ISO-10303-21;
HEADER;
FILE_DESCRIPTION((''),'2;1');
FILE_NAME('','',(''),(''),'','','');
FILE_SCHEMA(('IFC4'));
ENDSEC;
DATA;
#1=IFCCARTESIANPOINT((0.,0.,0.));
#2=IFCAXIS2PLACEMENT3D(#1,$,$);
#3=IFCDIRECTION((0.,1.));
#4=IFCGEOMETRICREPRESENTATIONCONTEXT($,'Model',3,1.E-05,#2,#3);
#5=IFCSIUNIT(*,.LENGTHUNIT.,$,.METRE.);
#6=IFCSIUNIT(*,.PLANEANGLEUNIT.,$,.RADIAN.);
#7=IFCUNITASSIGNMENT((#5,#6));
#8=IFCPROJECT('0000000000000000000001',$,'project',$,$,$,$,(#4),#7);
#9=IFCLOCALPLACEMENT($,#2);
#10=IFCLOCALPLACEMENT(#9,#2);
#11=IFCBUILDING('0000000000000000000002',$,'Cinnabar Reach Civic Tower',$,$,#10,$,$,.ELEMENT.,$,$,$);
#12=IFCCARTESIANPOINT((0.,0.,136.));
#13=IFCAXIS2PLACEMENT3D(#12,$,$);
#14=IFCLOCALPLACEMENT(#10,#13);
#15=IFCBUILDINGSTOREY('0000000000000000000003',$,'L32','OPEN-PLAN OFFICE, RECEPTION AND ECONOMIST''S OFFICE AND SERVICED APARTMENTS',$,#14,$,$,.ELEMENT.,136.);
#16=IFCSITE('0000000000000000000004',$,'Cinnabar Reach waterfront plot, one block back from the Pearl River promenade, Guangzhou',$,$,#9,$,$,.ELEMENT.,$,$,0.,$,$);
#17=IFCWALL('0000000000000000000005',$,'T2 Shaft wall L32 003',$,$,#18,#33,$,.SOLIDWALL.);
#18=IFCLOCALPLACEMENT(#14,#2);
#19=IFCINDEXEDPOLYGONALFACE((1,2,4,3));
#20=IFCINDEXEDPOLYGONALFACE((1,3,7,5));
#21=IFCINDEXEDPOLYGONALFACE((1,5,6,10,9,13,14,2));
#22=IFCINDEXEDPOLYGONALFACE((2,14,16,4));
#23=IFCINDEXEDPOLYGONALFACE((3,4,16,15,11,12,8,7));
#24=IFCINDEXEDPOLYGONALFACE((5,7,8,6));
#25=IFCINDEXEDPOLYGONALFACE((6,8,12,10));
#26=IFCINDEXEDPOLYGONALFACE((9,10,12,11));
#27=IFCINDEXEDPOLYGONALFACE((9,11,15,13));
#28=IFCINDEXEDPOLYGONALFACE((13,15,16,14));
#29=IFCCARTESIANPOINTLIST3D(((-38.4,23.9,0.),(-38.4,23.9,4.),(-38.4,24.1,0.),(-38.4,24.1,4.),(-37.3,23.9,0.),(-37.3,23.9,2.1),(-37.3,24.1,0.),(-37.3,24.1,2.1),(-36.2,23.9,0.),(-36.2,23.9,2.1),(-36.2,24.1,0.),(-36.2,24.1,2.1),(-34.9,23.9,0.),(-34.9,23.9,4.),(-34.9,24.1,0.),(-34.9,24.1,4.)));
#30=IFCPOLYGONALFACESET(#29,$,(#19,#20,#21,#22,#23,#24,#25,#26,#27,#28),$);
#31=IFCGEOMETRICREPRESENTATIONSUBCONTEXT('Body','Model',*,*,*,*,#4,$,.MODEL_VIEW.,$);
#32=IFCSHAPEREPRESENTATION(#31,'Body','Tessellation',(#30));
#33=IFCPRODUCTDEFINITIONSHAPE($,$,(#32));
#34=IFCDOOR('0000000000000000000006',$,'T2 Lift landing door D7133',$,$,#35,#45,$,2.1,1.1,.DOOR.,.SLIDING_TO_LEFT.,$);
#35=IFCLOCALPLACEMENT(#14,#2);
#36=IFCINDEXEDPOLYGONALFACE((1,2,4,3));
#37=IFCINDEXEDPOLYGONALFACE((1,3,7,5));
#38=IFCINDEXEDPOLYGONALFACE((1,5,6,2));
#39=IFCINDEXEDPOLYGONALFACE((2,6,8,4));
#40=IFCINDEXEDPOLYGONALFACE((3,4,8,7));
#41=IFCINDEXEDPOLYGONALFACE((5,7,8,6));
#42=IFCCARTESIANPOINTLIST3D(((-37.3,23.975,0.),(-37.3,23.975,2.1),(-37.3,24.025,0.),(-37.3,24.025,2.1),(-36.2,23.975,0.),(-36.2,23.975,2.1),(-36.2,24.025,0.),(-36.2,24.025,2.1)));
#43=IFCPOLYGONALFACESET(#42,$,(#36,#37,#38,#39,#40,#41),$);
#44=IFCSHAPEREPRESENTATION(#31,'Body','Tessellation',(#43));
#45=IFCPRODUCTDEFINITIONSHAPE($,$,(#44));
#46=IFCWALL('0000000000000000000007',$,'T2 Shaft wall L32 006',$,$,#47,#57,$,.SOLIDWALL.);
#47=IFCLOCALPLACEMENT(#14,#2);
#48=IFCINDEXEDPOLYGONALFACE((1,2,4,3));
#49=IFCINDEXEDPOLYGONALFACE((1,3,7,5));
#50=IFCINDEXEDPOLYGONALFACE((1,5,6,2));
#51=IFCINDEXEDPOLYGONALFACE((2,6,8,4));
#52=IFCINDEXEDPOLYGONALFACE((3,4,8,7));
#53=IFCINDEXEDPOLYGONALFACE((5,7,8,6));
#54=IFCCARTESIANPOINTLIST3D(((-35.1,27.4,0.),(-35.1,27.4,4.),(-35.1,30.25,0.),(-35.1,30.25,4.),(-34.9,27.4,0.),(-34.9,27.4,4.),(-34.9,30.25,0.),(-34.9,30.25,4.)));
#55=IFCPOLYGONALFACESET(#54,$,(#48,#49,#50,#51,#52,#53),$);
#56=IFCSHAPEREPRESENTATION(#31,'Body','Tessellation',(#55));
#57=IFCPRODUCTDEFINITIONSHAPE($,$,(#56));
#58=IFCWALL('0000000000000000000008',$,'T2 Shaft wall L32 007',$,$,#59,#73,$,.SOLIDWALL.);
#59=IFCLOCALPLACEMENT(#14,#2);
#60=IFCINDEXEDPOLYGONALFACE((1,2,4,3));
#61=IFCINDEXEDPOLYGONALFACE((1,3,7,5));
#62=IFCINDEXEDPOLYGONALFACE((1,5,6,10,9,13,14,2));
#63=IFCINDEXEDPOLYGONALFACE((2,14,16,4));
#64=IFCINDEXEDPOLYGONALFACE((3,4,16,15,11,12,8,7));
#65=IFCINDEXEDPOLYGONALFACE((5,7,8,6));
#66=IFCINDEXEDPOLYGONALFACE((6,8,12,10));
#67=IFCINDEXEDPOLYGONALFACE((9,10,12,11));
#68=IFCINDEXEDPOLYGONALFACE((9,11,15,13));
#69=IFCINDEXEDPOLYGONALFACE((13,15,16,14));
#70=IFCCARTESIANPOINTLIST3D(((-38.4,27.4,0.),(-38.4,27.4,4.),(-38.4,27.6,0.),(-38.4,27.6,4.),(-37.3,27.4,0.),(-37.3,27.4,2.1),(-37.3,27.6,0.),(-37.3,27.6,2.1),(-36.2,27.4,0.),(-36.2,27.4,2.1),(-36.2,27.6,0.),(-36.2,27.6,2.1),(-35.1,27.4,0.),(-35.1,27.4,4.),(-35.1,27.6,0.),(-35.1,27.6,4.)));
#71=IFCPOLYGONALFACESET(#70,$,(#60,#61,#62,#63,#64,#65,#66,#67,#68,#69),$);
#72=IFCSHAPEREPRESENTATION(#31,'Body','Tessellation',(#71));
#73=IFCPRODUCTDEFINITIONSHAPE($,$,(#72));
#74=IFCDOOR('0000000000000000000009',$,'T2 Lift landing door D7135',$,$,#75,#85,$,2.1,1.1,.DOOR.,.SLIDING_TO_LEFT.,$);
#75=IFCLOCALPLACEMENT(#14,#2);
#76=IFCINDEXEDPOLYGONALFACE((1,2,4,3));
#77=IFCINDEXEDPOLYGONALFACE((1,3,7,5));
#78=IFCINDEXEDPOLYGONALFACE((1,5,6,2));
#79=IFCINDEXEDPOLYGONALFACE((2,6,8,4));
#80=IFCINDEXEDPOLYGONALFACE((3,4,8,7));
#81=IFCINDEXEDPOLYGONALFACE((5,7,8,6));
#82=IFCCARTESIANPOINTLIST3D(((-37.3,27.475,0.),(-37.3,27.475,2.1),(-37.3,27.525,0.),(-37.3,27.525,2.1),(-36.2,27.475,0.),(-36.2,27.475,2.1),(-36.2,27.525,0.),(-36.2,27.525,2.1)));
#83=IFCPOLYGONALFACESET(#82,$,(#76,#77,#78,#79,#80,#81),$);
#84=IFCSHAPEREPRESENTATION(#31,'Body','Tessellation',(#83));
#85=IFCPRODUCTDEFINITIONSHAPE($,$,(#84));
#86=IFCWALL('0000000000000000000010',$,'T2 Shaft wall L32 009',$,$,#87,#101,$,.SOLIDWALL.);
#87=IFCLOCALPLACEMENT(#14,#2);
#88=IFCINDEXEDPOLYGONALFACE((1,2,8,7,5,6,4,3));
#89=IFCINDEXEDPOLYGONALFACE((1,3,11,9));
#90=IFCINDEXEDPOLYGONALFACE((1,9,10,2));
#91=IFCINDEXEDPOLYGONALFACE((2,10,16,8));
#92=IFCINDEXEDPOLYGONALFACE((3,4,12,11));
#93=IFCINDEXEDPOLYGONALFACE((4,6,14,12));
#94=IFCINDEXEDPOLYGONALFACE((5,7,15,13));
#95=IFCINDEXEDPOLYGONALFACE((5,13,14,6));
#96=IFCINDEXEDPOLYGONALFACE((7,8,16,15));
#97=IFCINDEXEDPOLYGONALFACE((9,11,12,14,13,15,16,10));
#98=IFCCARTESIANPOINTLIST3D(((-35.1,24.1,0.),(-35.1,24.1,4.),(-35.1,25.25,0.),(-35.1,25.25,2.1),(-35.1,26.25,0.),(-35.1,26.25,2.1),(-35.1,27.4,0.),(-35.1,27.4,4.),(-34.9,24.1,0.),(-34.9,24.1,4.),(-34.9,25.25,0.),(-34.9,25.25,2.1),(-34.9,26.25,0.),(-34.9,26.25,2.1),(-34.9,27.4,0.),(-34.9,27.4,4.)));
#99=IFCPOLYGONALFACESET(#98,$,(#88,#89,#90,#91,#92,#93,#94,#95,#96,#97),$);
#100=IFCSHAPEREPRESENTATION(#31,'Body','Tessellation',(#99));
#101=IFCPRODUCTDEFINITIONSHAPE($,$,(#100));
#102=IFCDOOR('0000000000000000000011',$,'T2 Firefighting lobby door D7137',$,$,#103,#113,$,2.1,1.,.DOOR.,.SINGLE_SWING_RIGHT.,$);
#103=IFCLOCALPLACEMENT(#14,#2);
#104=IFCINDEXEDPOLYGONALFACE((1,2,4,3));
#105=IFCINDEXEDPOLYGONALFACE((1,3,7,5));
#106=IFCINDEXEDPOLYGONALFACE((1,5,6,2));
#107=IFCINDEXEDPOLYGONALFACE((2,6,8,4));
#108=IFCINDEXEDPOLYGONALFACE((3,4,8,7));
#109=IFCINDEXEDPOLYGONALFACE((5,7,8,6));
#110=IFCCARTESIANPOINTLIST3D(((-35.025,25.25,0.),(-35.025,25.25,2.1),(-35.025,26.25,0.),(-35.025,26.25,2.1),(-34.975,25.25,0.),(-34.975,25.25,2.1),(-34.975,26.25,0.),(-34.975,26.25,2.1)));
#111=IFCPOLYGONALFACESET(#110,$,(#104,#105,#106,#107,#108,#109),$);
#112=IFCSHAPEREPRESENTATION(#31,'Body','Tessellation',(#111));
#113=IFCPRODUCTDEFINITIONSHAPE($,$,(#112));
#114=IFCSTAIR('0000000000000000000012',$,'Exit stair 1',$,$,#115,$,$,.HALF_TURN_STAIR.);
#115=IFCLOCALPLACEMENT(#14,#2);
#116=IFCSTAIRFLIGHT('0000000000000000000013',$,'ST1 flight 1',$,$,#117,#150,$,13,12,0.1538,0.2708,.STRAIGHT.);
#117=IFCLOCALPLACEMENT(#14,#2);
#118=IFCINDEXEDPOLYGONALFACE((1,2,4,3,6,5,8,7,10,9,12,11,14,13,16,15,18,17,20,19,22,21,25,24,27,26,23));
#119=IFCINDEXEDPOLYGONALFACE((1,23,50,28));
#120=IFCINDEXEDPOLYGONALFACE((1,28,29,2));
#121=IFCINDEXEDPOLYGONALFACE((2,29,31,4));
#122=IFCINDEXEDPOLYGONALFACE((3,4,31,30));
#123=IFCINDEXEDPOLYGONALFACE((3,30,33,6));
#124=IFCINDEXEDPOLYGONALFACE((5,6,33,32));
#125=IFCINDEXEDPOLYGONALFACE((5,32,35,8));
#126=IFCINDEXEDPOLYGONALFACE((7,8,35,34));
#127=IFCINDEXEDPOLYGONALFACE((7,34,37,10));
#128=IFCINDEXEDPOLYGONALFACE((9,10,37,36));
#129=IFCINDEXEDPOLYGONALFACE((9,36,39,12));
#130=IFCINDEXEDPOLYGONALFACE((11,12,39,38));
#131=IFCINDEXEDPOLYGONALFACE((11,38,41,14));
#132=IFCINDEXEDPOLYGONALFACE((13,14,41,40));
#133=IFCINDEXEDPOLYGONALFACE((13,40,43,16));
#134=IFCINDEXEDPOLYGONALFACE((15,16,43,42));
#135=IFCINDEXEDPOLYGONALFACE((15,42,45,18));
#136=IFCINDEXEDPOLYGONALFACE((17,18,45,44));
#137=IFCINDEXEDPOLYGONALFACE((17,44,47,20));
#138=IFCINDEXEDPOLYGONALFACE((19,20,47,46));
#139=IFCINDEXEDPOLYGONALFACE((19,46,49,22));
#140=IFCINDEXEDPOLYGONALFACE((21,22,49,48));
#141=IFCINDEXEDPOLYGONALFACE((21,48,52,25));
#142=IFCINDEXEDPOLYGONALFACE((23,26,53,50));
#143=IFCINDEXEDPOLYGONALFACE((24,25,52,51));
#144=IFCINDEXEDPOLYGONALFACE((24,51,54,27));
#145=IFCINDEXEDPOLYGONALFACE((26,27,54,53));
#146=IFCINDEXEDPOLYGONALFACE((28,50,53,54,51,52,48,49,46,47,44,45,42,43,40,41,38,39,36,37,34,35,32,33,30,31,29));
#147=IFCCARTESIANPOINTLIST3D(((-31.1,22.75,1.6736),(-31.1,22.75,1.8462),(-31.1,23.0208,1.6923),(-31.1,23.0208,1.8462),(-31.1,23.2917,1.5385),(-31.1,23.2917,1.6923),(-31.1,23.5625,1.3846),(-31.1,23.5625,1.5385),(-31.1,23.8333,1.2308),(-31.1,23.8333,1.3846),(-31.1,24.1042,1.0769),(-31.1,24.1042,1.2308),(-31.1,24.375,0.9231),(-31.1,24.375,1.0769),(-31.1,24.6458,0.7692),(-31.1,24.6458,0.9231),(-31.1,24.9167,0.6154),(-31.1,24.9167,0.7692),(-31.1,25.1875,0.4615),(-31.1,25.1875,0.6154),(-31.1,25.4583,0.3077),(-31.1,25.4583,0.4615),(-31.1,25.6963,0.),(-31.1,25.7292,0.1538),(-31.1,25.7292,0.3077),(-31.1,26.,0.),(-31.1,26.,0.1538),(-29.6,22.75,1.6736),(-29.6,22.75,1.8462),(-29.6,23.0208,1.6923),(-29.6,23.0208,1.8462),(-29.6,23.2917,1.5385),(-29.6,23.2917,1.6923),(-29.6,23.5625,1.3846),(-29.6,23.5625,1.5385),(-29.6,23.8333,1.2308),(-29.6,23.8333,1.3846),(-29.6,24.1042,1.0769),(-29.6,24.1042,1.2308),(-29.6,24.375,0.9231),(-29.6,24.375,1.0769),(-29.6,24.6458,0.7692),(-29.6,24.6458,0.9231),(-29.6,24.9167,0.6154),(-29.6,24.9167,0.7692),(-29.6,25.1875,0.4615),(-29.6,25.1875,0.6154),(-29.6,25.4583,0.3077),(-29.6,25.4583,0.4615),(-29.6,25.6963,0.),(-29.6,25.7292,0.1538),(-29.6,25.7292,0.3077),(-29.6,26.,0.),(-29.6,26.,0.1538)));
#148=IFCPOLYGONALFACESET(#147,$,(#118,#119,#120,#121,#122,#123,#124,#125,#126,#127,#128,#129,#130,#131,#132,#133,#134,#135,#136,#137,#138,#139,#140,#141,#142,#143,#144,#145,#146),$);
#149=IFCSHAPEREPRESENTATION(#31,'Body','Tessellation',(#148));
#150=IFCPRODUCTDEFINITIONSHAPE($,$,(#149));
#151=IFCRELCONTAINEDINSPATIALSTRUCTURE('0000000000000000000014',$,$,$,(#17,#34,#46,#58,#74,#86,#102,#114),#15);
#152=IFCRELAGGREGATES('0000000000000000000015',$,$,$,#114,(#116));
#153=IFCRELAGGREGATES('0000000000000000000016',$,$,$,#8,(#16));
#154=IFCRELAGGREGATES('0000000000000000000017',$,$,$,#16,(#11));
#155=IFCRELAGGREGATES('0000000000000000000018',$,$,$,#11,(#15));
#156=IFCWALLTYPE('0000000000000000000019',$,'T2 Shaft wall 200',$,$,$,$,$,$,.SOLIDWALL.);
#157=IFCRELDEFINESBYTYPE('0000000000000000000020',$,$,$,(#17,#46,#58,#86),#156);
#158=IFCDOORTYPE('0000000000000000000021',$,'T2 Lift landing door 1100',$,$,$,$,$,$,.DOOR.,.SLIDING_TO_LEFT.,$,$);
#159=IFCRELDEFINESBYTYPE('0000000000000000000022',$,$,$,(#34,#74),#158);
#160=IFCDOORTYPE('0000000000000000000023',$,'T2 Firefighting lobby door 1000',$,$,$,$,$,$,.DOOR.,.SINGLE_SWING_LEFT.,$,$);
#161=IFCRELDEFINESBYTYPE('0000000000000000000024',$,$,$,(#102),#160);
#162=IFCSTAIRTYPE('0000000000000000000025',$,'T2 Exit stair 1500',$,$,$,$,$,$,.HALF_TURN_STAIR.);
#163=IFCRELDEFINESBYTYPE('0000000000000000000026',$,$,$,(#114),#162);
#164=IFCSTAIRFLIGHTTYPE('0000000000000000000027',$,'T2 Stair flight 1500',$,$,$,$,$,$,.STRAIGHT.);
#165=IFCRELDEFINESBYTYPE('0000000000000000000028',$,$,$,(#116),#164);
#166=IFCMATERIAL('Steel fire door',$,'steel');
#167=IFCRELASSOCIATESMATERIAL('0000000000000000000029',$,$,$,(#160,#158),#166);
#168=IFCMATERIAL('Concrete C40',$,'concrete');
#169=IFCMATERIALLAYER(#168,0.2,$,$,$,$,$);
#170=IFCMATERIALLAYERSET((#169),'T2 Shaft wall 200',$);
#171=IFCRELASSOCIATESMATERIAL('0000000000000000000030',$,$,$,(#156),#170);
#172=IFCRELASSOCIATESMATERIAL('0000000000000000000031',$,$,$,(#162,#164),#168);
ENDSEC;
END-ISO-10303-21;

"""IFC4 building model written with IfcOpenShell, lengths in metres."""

from ifc_helpers import new_model, si_unit, direction, frame, frame_2d, origin, place, context, subcontext, project, spatial, polyline, rectangle, outline, extrude, material, layer, layer_set, type_object, element, fill, aggregate, save


model = new_model("IFC4")

# Units and contexts
model_context = context("Model", 3, precision=1e-05, world=origin(), true_north=direction((0.0, 1.0)))
body_context = subcontext(model_context, "Body", "Model", "MODEL_VIEW")
ifc_project = project(units=[si_unit("LENGTHUNIT", "METRE"), si_unit("PLANEANGLEUNIT", "RADIAN")], contexts=[model_context])

# Site, building, storey
site_placement = place(None, origin())
site = spatial("IfcSite", under=ifc_project, at=site_placement, Name="Cinnabar Reach waterfront plot, one block back from the Pearl River promenade, Guangzhou", CompositionType="ELEMENT", RefElevation=0.0)
building_placement = place(site_placement, origin())
building = spatial("IfcBuilding", under=site, at=building_placement, Name="Cinnabar Reach Civic Tower", CompositionType="ELEMENT")
storey_placement = place(building_placement, frame((0.0, 0.0, 136.0)))
storey = spatial("IfcBuildingStorey", under=building, at=storey_placement, Name="L32", Description="OPEN-PLAN OFFICE, RECEPTION AND ECONOMIST'S OFFICE AND SERVICED APARTMENTS", CompositionType="ELEMENT", Elevation=136.0)

# Shared definitions
ifc_material_1 = material(Name="Concrete C40", Category="concrete")

# Shared definitions
ifc_material_2 = material(Name="Steel fire door", Category="steel")
door_type_1 = type_object("IfcDoorType", Name="T2 Firefighting lobby door 1000", OperationType="SINGLE_SWING_LEFT", PredefinedType="DOOR", material=ifc_material_2)

# Wall, opening, door
ifc_layer_1 = layer(ifc_material_1, 0.2)
ifc_layer_set_1 = layer_set([ifc_layer_1], Name="T2 Shaft wall 200")
wall_type_1 = type_object("IfcWallType", Name="T2 Shaft wall 200", PredefinedType="SOLIDWALL", material=ifc_layer_set_1)
wall_1_placement = place(storey_placement, frame((-34.9, 24.0, 0.0), z_axis=(0.0, 0.0, 1.0), x_axis=(-1.0, 0.0, 0.0)))
wall_1 = element("IfcWall", 1, at=wall_1_placement, inside=storey, type_object=wall_type_1, Name="T2 Shaft wall L32 003", PredefinedType="SOLIDWALL", context=body_context, shape_type="SweptSolid", body=[
    extrude(rectangle(XDim=3.5, YDim=0.2, at=frame_2d((1.75, 0.0))), origin(), (0.0, 0.0, 1.0), 4.0),
])
opening_1_placement = place(wall_1_placement, frame((1.3, 0.0, 0.0)))
opening_1 = element("IfcOpeningElement", 2, at=opening_1_placement, cuts=wall_1, PredefinedType="OPENING", context=body_context, shape_type="SweptSolid", body=[
    extrude(rectangle(XDim=1.1, YDim=2.1, at=frame_2d((0.55, 1.05))), frame((0.0, 0.11, 0.0), z_axis=(0.0, -1.0, 0.0), x_axis=(1.0, 0.0, 0.0)), (0.0, 0.0, 1.0), 0.22),
])
door_type_2 = type_object("IfcDoorType", Name="T2 Lift landing door 1100", OperationType="SLIDING_TO_LEFT", PredefinedType="DOOR", material=ifc_material_2)
door_1_placement = place(opening_1_placement, origin())
door_1 = element("IfcDoor", 3, at=door_1_placement, inside=storey, type_object=door_type_2, Name="T2 Lift landing door D7133", OperationType="SLIDING_TO_LEFT", OverallHeight=2.1, OverallWidth=1.1, PredefinedType="DOOR", context=body_context, shape_type="SweptSolid", body=[
    extrude(rectangle(XDim=1.1, YDim=2.1, at=frame_2d((0.55, 1.05))), frame((0.0, 0.025, 0.0), z_axis=(0.0, -1.0, 0.0), x_axis=(1.0, 0.0, 0.0)), (0.0, 0.0, 1.0), 0.05),
])
fill(opening_1, door_1)

# Wall
wall_2_placement = place(storey_placement, frame((-35.0, 27.4, 0.0), z_axis=(0.0, 0.0, 1.0), x_axis=(0.0, 1.0, 0.0)))
element("IfcWall", 4, at=wall_2_placement, inside=storey, type_object=wall_type_1, Name="T2 Shaft wall L32 006", PredefinedType="SOLIDWALL", context=body_context, shape_type="SweptSolid", body=[
    extrude(rectangle(XDim=2.85, YDim=0.2, at=frame_2d((1.425, 0.0))), origin(), (0.0, 0.0, 1.0), 4.0),
])

# Walls, openings, doors
wall_3_placement = place(storey_placement, frame((-38.4, 27.5, 0.0), z_axis=(0.0, 0.0, 1.0), x_axis=(1.0, 0.0, 0.0)))
wall_3 = element("IfcWall", 5, at=wall_3_placement, inside=storey, type_object=wall_type_1, Name="T2 Shaft wall L32 007", PredefinedType="SOLIDWALL", context=body_context, shape_type="SweptSolid", body=[
    extrude(rectangle(XDim=3.3, YDim=0.2, at=frame_2d((1.65, 0.0))), origin(), (0.0, 0.0, 1.0), 4.0),
])
opening_2_placement = place(wall_3_placement, frame((1.1, 0.0, 0.0)))
opening_2 = element("IfcOpeningElement", 6, at=opening_2_placement, cuts=wall_3, PredefinedType="OPENING", context=body_context, shape_type="SweptSolid", body=[
    extrude(rectangle(XDim=1.1, YDim=2.1, at=frame_2d((0.55, 1.05))), frame((0.0, 0.11, 0.0), z_axis=(0.0, -1.0, 0.0), x_axis=(1.0, 0.0, 0.0)), (0.0, 0.0, 1.0), 0.22),
])
door_2_placement = place(opening_2_placement, origin())
door_2 = element("IfcDoor", 7, at=door_2_placement, inside=storey, type_object=door_type_2, Name="T2 Lift landing door D7135", OperationType="SLIDING_TO_LEFT", OverallHeight=2.1, OverallWidth=1.1, PredefinedType="DOOR", context=body_context, shape_type="SweptSolid", body=[
    extrude(rectangle(XDim=1.1, YDim=2.1, at=frame_2d((0.55, 1.05))), frame((0.0, 0.025, 0.0), z_axis=(0.0, -1.0, 0.0), x_axis=(1.0, 0.0, 0.0)), (0.0, 0.0, 1.0), 0.05),
])
fill(opening_2, door_2)
wall_4_placement = place(storey_placement, frame((-35.0, 24.1, 0.0), z_axis=(0.0, 0.0, 1.0), x_axis=(0.0, 1.0, 0.0)))
wall_4 = element("IfcWall", 8, at=wall_4_placement, inside=storey, type_object=wall_type_1, Name="T2 Shaft wall L32 009", PredefinedType="SOLIDWALL", context=body_context, shape_type="SweptSolid", body=[
    extrude(rectangle(XDim=3.3, YDim=0.2, at=frame_2d((1.65, 0.0))), origin(), (0.0, 0.0, 1.0), 4.0),
])
opening_3_placement = place(wall_4_placement, frame((1.15, 0.0, 0.0)))
opening_3 = element("IfcOpeningElement", 9, at=opening_3_placement, cuts=wall_4, PredefinedType="OPENING", context=body_context, shape_type="SweptSolid", body=[
    extrude(rectangle(XDim=1.0, YDim=2.1, at=frame_2d((0.5, 1.05))), frame((0.0, 0.11, 0.0), z_axis=(0.0, -1.0, 0.0), x_axis=(1.0, 0.0, 0.0)), (0.0, 0.0, 1.0), 0.22),
])
door_3_placement = place(opening_3_placement, origin())
door_3 = element("IfcDoor", 10, at=door_3_placement, inside=storey, type_object=door_type_1, Name="T2 Firefighting lobby door D7137", OperationType="SINGLE_SWING_RIGHT", OverallHeight=2.1, OverallWidth=1.0, PredefinedType="DOOR", context=body_context, shape_type="SweptSolid", body=[
    extrude(rectangle(XDim=1.0, YDim=2.1, at=frame_2d((0.5, 1.05))), frame((0.0, 0.025, 0.0), z_axis=(0.0, -1.0, 0.0), x_axis=(1.0, 0.0, 0.0)), (0.0, 0.0, 1.0), 0.05),
])
fill(opening_3, door_3)

# Stair, stair flight
stair_type = type_object("IfcStairType", Name="T2 Exit stair 1500", PredefinedType="HALF_TURN_STAIR", material=ifc_material_1)
stair_placement = place(storey_placement, origin())
stair = element("IfcStair", 11, at=stair_placement, inside=storey, type_object=stair_type, Name="Exit stair 1", PredefinedType="HALF_TURN_STAIR")
stair_flight_type = type_object("IfcStairFlightType", Name="T2 Stair flight 1500", PredefinedType="STRAIGHT", material=ifc_material_1)
stair_flight_1_placement = place(storey_placement, frame((-30.35, 26.0, 0.0), z_axis=(0.0, 0.0, 1.0), x_axis=(0.0, -1.0, 0.0)))
stair_flight_1 = element("IfcStairFlight", 12, at=stair_flight_1_placement, type_object=stair_flight_type, Name="ST1 flight 1", NumberOfRisers=13, NumberOfTreads=12, PredefinedType="STRAIGHT", RiserHeight=0.1538, TreadLength=0.2708, context=body_context, shape_type="SweptSolid", body=[
    extrude(outline(polyline([(0.0, 0.0), (0.0, 0.1538), (0.2708, 0.1538), (0.2708, 0.3077), (0.5417, 0.3077), (0.5417, 0.4615), (0.8125, 0.4615), (0.8125, 0.6154), (1.0833, 0.6154), (1.0833, 0.7692), (1.3542, 0.7692), (1.3542, 0.9231), (1.625, 0.9231), (1.625, 1.0769), (1.8958, 1.0769), (1.8958, 1.2308), (2.1667, 1.2308), (2.1667, 1.3846), (2.4375, 1.3846), (2.4375, 1.5385), (2.7083, 1.5385), (2.7083, 1.6923), (2.9792, 1.6923), (2.9792, 1.8462), (3.25, 1.8462), (3.25, 2.0), (3.25, 1.6736), (0.3037, 0.0), (0.0, 0.0)])), frame((0.0, 0.75, 0.0), z_axis=(0.0, -1.0, 0.0), x_axis=(1.0, 0.0, 0.0)), (0.0, 0.0, 1.0), 1.5),
])
aggregate(stair, [stair_flight_1])

save(model, "model.ifc")
